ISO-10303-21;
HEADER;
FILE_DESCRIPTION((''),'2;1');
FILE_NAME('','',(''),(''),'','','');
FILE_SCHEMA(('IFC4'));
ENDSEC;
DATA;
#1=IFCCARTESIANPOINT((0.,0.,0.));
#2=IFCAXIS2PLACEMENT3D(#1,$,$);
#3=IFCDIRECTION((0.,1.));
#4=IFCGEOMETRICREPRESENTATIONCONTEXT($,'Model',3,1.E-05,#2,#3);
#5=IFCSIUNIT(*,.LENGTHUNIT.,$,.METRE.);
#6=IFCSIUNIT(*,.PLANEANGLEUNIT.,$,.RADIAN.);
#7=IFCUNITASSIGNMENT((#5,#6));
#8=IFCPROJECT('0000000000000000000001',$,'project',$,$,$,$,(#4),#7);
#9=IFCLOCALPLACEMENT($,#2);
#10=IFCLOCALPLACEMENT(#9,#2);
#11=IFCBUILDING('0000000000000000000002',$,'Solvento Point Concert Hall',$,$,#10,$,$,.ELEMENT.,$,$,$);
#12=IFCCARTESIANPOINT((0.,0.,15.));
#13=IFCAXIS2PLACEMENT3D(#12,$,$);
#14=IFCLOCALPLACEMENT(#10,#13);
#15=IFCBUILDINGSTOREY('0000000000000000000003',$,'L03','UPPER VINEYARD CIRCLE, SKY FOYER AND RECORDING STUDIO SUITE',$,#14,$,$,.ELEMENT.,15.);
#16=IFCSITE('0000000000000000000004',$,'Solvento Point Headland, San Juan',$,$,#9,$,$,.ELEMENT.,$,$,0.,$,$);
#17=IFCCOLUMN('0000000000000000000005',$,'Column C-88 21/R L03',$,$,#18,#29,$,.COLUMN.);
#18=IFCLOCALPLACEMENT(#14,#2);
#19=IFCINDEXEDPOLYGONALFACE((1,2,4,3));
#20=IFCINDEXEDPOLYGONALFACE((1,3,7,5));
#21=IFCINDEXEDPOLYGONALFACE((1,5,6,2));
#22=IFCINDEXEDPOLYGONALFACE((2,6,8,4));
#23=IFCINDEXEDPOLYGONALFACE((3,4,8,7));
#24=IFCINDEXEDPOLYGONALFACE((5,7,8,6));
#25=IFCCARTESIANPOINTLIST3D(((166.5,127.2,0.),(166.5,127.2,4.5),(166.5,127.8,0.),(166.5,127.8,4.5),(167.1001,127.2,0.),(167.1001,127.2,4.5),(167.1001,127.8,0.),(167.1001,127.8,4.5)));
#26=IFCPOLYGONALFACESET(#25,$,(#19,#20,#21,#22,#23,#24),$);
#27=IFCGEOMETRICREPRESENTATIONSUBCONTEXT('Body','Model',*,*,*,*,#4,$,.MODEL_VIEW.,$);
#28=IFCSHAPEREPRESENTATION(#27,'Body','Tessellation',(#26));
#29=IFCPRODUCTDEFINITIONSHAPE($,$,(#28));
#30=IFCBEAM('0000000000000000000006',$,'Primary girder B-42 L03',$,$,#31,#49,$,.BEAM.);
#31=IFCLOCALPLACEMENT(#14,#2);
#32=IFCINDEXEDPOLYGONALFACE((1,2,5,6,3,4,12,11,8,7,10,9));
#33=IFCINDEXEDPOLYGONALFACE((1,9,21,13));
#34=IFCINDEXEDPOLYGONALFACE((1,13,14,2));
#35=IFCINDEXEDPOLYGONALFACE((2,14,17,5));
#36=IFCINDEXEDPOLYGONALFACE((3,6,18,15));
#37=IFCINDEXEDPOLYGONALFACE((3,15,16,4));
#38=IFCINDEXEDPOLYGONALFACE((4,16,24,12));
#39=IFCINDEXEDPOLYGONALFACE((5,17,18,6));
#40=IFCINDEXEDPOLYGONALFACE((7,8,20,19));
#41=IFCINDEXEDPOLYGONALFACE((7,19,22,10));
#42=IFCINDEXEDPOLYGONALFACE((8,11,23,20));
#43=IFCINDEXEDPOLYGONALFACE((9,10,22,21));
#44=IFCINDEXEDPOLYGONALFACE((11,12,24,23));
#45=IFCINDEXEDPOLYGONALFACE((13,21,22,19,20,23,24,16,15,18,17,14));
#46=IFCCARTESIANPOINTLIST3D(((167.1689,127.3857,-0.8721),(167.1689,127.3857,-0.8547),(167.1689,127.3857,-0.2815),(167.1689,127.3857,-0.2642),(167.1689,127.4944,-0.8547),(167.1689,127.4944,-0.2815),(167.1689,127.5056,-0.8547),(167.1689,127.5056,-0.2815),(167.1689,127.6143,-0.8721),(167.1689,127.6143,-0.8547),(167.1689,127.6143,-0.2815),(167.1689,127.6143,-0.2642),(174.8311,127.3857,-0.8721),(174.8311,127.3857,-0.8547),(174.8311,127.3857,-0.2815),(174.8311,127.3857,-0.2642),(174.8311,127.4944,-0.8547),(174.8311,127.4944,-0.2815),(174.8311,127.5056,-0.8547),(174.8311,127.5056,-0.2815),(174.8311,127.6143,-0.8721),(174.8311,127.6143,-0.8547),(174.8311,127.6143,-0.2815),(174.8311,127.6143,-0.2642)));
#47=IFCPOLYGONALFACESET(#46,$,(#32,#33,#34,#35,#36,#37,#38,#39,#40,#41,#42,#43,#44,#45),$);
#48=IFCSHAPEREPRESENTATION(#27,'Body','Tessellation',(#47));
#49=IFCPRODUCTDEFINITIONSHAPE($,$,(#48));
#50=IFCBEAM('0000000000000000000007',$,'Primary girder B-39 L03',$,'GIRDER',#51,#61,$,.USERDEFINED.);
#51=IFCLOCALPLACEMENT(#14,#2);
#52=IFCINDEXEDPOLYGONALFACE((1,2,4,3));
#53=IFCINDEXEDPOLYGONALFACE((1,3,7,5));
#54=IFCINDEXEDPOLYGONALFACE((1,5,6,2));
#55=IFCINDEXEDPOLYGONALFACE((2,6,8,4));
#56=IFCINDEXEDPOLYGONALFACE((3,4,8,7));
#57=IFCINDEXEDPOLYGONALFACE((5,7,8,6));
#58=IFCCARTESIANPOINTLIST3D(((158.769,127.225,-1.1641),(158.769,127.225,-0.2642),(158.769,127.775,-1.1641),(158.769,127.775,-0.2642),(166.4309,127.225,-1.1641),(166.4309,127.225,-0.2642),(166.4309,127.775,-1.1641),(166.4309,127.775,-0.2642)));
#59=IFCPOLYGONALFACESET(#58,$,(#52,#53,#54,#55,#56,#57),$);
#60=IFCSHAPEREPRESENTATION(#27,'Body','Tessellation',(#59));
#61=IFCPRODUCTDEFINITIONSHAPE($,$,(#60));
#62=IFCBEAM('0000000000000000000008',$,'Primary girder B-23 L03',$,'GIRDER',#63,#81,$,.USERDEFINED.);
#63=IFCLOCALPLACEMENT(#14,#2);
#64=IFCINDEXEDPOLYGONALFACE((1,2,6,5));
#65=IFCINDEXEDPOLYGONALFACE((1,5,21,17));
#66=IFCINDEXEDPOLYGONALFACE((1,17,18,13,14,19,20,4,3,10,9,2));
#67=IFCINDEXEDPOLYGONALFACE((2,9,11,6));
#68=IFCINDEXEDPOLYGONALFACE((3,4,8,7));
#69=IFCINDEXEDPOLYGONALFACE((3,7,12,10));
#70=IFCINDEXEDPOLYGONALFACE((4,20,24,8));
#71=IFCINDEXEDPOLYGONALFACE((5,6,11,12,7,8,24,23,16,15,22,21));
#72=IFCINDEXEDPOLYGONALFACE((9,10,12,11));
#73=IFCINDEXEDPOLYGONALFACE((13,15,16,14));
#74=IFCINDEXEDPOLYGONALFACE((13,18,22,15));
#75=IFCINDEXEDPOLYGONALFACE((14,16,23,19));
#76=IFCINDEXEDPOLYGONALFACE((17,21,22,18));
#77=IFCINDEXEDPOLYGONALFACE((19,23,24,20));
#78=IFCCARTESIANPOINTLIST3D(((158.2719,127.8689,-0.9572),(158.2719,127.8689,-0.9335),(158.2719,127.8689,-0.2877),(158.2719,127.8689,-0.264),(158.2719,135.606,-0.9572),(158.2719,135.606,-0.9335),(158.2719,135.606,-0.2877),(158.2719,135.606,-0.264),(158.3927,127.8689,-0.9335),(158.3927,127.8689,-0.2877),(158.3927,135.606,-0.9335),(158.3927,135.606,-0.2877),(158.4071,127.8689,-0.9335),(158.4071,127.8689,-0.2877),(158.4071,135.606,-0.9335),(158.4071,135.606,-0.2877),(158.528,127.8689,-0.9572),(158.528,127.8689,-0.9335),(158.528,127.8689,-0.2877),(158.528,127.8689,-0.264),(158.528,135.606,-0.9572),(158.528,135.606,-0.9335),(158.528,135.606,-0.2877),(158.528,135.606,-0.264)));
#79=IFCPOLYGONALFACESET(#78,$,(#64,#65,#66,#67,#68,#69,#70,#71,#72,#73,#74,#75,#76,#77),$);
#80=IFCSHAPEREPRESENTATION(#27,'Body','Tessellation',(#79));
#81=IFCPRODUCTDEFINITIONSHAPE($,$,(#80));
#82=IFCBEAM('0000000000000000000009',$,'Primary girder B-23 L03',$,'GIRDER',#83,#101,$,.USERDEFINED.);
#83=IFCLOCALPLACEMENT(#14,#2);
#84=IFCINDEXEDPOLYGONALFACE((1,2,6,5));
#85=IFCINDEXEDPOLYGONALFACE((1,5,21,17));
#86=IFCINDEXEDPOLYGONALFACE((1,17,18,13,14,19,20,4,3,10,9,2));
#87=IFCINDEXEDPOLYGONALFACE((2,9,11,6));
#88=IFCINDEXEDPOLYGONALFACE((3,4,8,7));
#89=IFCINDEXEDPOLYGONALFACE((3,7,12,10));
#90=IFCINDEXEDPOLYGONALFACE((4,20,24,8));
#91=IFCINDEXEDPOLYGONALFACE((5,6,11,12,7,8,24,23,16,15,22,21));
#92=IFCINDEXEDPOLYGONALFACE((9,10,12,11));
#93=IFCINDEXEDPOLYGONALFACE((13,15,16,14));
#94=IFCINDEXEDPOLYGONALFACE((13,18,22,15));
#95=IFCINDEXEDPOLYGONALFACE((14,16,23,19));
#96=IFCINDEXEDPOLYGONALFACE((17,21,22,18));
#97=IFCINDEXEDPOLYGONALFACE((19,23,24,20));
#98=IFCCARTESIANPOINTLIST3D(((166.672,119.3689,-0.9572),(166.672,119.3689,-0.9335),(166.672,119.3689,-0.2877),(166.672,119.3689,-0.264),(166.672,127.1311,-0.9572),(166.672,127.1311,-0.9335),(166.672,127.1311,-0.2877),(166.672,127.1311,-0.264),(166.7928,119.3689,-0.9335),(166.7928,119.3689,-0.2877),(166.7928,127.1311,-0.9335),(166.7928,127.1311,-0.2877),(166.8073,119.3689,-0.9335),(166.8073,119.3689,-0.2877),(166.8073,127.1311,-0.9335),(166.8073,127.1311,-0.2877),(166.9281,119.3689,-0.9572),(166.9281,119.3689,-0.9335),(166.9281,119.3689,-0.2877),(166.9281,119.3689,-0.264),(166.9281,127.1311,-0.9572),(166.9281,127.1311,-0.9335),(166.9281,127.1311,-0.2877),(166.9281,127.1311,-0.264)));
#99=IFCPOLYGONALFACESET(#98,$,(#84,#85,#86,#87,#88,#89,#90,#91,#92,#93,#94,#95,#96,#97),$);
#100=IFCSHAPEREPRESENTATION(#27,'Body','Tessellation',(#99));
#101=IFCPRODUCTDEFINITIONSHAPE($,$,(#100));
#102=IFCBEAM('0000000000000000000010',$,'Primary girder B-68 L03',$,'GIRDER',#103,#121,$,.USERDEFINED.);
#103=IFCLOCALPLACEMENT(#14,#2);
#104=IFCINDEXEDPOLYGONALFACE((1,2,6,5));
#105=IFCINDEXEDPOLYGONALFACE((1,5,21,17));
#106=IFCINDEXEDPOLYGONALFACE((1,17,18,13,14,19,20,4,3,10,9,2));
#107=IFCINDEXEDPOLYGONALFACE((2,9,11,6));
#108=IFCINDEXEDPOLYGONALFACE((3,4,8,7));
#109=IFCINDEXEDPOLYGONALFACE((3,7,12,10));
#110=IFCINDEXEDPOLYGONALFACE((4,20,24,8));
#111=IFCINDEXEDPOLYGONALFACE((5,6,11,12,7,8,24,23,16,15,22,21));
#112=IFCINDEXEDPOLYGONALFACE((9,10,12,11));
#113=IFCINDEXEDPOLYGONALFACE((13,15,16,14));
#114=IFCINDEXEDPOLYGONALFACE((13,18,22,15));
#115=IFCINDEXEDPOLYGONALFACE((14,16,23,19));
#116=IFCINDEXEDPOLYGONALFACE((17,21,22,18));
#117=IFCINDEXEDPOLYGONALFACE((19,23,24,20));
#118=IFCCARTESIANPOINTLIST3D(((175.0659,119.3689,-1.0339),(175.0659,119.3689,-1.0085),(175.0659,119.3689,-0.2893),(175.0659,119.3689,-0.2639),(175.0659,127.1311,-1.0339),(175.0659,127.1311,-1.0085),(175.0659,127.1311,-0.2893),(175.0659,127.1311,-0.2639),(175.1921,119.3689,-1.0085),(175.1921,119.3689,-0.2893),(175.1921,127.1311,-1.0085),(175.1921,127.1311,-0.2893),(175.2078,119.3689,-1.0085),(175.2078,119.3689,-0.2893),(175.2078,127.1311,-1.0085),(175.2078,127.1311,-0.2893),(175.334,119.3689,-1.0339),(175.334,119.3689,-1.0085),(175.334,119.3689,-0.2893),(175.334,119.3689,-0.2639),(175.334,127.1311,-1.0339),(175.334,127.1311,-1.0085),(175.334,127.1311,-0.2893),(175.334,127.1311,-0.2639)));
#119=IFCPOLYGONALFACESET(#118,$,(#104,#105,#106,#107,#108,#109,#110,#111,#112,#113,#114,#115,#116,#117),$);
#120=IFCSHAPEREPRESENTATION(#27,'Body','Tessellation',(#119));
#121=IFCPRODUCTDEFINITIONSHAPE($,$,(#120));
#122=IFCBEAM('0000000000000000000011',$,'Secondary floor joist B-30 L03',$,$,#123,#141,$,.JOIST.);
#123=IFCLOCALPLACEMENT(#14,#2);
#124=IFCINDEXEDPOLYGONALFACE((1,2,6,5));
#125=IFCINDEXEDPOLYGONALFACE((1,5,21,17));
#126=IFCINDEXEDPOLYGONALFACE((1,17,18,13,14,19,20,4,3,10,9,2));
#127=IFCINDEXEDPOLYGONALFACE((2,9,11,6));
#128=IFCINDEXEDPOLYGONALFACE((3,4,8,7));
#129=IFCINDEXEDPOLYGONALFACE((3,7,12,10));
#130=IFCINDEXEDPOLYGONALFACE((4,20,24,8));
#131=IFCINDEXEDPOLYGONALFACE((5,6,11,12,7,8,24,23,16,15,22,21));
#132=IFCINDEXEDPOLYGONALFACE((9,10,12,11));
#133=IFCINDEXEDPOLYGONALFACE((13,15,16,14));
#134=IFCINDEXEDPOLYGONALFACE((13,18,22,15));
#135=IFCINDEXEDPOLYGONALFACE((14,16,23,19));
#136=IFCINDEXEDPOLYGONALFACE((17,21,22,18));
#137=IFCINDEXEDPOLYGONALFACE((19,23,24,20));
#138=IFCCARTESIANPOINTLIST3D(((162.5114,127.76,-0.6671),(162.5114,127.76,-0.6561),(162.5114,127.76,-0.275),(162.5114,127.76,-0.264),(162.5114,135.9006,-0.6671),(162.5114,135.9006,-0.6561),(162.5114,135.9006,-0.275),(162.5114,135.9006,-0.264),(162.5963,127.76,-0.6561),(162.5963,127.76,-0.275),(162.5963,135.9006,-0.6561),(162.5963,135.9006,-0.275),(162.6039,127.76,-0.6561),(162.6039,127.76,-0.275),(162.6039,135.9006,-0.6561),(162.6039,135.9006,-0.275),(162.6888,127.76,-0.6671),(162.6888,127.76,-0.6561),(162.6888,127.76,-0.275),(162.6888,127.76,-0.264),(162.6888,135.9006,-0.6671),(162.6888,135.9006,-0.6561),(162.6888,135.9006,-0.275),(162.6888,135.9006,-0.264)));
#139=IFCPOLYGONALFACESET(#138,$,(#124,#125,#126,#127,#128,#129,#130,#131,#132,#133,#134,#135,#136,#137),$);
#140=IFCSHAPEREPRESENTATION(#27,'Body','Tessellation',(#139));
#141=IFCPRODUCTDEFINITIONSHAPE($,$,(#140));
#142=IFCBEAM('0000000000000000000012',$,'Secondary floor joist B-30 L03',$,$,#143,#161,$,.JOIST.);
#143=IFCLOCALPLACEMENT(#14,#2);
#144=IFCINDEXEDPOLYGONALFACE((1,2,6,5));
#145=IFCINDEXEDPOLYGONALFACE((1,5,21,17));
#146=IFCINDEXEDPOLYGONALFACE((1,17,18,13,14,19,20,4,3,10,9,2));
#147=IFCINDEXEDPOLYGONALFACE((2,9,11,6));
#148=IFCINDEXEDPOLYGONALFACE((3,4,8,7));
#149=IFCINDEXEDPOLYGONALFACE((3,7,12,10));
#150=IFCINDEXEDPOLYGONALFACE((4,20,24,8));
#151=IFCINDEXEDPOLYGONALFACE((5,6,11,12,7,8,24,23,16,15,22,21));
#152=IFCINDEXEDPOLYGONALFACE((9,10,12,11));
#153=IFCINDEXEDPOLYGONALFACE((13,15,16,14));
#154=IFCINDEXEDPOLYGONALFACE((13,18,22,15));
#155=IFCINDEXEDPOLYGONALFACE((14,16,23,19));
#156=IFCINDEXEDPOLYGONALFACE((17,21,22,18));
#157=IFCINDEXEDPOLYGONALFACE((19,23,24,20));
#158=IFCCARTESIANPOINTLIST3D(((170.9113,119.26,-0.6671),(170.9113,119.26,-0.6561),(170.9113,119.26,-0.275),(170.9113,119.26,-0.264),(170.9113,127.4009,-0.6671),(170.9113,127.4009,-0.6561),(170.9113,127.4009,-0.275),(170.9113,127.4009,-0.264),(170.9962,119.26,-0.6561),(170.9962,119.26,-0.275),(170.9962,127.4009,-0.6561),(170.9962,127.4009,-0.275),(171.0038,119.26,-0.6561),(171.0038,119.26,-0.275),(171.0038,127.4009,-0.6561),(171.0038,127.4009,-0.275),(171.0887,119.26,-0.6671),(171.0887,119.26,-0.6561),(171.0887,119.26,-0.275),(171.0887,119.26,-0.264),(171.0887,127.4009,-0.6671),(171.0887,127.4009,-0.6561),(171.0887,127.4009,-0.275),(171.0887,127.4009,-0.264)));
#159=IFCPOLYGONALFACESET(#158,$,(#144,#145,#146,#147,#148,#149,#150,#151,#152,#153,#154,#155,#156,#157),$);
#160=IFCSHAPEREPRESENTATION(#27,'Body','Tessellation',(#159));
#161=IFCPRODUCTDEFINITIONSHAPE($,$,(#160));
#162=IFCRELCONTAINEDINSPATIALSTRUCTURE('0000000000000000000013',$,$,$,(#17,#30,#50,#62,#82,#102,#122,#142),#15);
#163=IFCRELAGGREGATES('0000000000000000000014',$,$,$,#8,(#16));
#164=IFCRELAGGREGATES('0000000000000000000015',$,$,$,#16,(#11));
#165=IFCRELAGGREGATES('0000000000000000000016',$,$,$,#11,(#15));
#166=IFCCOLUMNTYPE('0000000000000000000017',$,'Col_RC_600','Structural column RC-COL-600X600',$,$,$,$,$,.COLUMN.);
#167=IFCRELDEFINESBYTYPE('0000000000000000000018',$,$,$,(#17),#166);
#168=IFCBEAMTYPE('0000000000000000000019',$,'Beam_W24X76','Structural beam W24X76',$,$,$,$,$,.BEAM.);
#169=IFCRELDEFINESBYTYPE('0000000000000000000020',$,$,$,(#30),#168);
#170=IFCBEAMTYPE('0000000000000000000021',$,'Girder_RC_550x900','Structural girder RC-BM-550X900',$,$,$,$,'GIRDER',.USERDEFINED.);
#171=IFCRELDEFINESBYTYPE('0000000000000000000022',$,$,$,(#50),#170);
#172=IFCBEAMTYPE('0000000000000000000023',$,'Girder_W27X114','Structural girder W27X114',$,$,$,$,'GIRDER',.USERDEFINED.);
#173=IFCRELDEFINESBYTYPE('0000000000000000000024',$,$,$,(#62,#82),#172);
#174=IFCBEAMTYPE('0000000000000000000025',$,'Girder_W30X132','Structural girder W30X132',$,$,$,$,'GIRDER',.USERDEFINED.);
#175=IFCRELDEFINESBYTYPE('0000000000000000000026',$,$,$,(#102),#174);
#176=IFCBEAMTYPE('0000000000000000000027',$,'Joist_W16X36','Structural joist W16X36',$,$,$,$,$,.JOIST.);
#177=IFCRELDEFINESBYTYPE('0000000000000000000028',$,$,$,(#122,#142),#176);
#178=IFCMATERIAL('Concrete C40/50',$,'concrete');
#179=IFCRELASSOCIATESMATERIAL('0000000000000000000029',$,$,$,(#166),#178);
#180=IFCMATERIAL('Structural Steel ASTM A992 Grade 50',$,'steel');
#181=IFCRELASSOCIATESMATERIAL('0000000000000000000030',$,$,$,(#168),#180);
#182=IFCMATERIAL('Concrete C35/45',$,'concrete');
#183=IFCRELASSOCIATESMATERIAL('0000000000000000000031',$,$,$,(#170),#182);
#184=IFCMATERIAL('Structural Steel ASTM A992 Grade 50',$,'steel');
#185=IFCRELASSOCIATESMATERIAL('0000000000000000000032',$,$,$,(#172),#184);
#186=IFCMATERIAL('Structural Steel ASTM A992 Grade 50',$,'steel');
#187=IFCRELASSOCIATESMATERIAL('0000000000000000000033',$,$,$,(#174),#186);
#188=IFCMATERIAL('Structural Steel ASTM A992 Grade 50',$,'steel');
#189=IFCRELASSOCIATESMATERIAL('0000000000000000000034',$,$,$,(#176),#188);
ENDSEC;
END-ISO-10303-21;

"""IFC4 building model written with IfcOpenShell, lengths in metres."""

from ifc_helpers import new_model, si_unit, direction, frame, origin, origin_2d, place, context, subcontext, project, spatial, rectangle, i_section, extrude, material, material_profile, profile_set, type_object, element, save


model = new_model("IFC4")

# Units and contexts
model_context = context("Model", 3, precision=1e-05, world=origin(), true_north=direction((0.0, 1.0)))
body_context = subcontext(model_context, "Body", "Model", "MODEL_VIEW")
ifc_project = project(units=[si_unit("LENGTHUNIT", "METRE"), si_unit("PLANEANGLEUNIT", "RADIAN")], contexts=[model_context])

# Site, building, storey
site_placement = place(None, origin())
site = spatial("IfcSite", under=ifc_project, at=site_placement, Name="Solvento Point Headland, San Juan", CompositionType="ELEMENT", RefElevation=0.0)
building_placement = place(site_placement, origin())
building = spatial("IfcBuilding", under=site, at=building_placement, Name="Solvento Point Concert Hall", CompositionType="ELEMENT")
storey_placement = place(building_placement, frame((0.0, 0.0, 15.0)))
storey = spatial("IfcBuildingStorey", under=building, at=storey_placement, Name="L03", Description="UPPER VINEYARD CIRCLE, SKY FOYER AND RECORDING STUDIO SUITE", CompositionType="ELEMENT", Elevation=15.0)

# Column
ifc_material_1 = material(Name="Concrete C40/50", Category="concrete")
ifc_material_profile_1 = material_profile(ifc_material_1, rectangle(XDim=0.6001, YDim=0.6001, at=origin_2d()), Name="RC-COL-600X600")
ifc_profile_set_1 = profile_set([ifc_material_profile_1], Name="Concrete C40/50")
column_type = type_object("IfcColumnType", Name="Col_RC_600", Description="Structural column RC-COL-600X600", PredefinedType="COLUMN", material=ifc_profile_set_1)
column_placement = place(storey_placement, frame((166.8, 127.5, 0.0), z_axis=(0.0, 0.0, 1.0), x_axis=(1.0, 0.0, 0.0)))
element("IfcColumn", 1, at=column_placement, inside=storey, type_object=column_type, Name="Column C-88 21/R L03", PredefinedType="COLUMN", context=body_context, shape_type="SweptSolid", body=[
    extrude(rectangle(XDim=0.6001, YDim=0.6001, at=origin_2d()), origin(), (0.0, 0.0, 1.0), 4.5),
])

# Beams
ifc_material_2 = material(Name="Structural Steel ASTM A992 Grade 50", Category="steel")
ifc_material_profile_2 = material_profile(ifc_material_2, i_section(OverallWidth=0.2285, OverallDepth=0.6079, WebThickness=0.0112, FlangeThickness=0.0173, at=origin_2d()), Name="W24X76")
ifc_profile_set_2 = profile_set([ifc_material_profile_2], Name="Structural Steel ASTM A992 Grade 50")
beam_type_1 = type_object("IfcBeamType", Name="Beam_W24X76", Description="Structural beam W24X76", PredefinedType="BEAM", material=ifc_profile_set_2)
beam_1_placement = place(storey_placement, frame((167.1689, 127.5, -0.5681), z_axis=(1.0, 0.0, 0.0), x_axis=(0.0, 1.0, 0.0)))
element("IfcBeam", 2, at=beam_1_placement, inside=storey, type_object=beam_type_1, Name="Primary girder B-42 L03", PredefinedType="BEAM", context=body_context, shape_type="SweptSolid", body=[
    extrude(i_section(OverallWidth=0.2285, OverallDepth=0.6079, WebThickness=0.0112, FlangeThickness=0.0173, at=origin_2d()), origin(), (0.0, 0.0, 1.0), 7.6621),
])
ifc_material_3 = material(Name="Concrete C35/45", Category="concrete")
ifc_material_profile_3 = material_profile(ifc_material_3, rectangle(XDim=0.55, YDim=0.8999, at=origin_2d()), Name="RC-BM-550X900")
ifc_profile_set_3 = profile_set([ifc_material_profile_3], Name="Concrete C35/45")
beam_type_2 = type_object("IfcBeamType", Name="Girder_RC_550x900", Description="Structural girder RC-BM-550X900", ElementType="GIRDER", PredefinedType="USERDEFINED", material=ifc_profile_set_3)
beam_2_placement = place(storey_placement, frame((158.769, 127.5, -0.7141), z_axis=(1.0, 0.0, 0.0), x_axis=(0.0, 1.0, 0.0)))
element("IfcBeam", 3, at=beam_2_placement, inside=storey, type_object=beam_type_2, Name="Primary girder B-39 L03", ObjectType="GIRDER", PredefinedType="USERDEFINED", context=body_context, shape_type="SweptSolid", body=[
    extrude(rectangle(XDim=0.55, YDim=0.8999, at=origin_2d()), origin(), (0.0, 0.0, 1.0), 7.6619),
])
ifc_material_4 = material(Name="Structural Steel ASTM A992 Grade 50", Category="steel")
ifc_material_profile_4 = material_profile(ifc_material_4, i_section(OverallWidth=0.2561, OverallDepth=0.6931, WebThickness=0.0144, FlangeThickness=0.0237, at=origin_2d()), Name="W27X114")
ifc_profile_set_4 = profile_set([ifc_material_profile_4], Name="Structural Steel ASTM A992 Grade 50")
beam_type_3 = type_object("IfcBeamType", Name="Girder_W27X114", Description="Structural girder W27X114", ElementType="GIRDER", PredefinedType="USERDEFINED", material=ifc_profile_set_4)
beam_3_placement = place(storey_placement, frame((158.3999, 127.8689, -0.6106), z_axis=(0.0, 1.0, 0.0), x_axis=(-1.0, 0.0, 0.0)))
element("IfcBeam", 4, at=beam_3_placement, inside=storey, type_object=beam_type_3, Name="Primary girder B-23 L03", ObjectType="GIRDER", PredefinedType="USERDEFINED", context=body_context, shape_type="SweptSolid", body=[
    extrude(i_section(OverallWidth=0.2561, OverallDepth=0.6931, WebThickness=0.0144, FlangeThickness=0.0237, at=origin_2d()), origin(), (0.0, 0.0, 1.0), 7.7371),
])
beam_4_placement = place(storey_placement, frame((166.8, 119.3689, -0.6106), z_axis=(0.0, 1.0, 0.0), x_axis=(-1.0, 0.0, 0.0)))
element("IfcBeam", 5, at=beam_4_placement, inside=storey, type_object=beam_type_3, Name="Primary girder B-23 L03", ObjectType="GIRDER", PredefinedType="USERDEFINED", context=body_context, shape_type="SweptSolid", body=[
    extrude(i_section(OverallWidth=0.2561, OverallDepth=0.6931, WebThickness=0.0144, FlangeThickness=0.0237, at=origin_2d()), origin(), (0.0, 0.0, 1.0), 7.7622),
])
ifc_material_5 = material(Name="Structural Steel ASTM A992 Grade 50", Category="steel")
ifc_material_profile_5 = material_profile(ifc_material_5, i_section(OverallWidth=0.2681, OverallDepth=0.77, WebThickness=0.0156, FlangeThickness=0.0254, at=origin_2d()), Name="W30X132")
ifc_profile_set_5 = profile_set([ifc_material_profile_5], Name="Structural Steel ASTM A992 Grade 50")
beam_type_4 = type_object("IfcBeamType", Name="Girder_W30X132", Description="Structural girder W30X132", ElementType="GIRDER", PredefinedType="USERDEFINED", material=ifc_profile_set_5)
beam_5_placement = place(storey_placement, frame((175.2, 119.3689, -0.6489), z_axis=(0.0, 1.0, 0.0), x_axis=(-1.0, 0.0, 0.0)))
element("IfcBeam", 6, at=beam_5_placement, inside=storey, type_object=beam_type_4, Name="Primary girder B-68 L03", ObjectType="GIRDER", PredefinedType="USERDEFINED", context=body_context, shape_type="SweptSolid", body=[
    extrude(i_section(OverallWidth=0.2681, OverallDepth=0.77, WebThickness=0.0156, FlangeThickness=0.0254, at=origin_2d()), origin(), (0.0, 0.0, 1.0), 7.7622),
])
ifc_material_6 = material(Name="Structural Steel ASTM A992 Grade 50", Category="steel")
ifc_material_profile_6 = material_profile(ifc_material_6, i_section(OverallWidth=0.1775, OverallDepth=0.4031, WebThickness=0.0076, FlangeThickness=0.011, at=origin_2d()), Name="W16X36")
ifc_profile_set_6 = profile_set([ifc_material_profile_6], Name="Structural Steel ASTM A992 Grade 50")
beam_type_5 = type_object("IfcBeamType", Name="Joist_W16X36", Description="Structural joist W16X36", PredefinedType="JOIST", material=ifc_profile_set_6)
beam_6_placement = place(storey_placement, frame((162.6001, 127.76, -0.4656), z_axis=(0.0, 1.0, 0.0), x_axis=(-1.0, 0.0, 0.0)))
element("IfcBeam", 7, at=beam_6_placement, inside=storey, type_object=beam_type_5, Name="Secondary floor joist B-30 L03", PredefinedType="JOIST", context=body_context, shape_type="SweptSolid", body=[
    extrude(i_section(OverallWidth=0.1775, OverallDepth=0.4031, WebThickness=0.0076, FlangeThickness=0.011, at=origin_2d()), origin(), (0.0, 0.0, 1.0), 8.1406),
])
beam_7_placement = place(storey_placement, frame((171.0, 119.26, -0.4656), z_axis=(0.0, 1.0, 0.0), x_axis=(-1.0, 0.0, 0.0)))
element("IfcBeam", 8, at=beam_7_placement, inside=storey, type_object=beam_type_5, Name="Secondary floor joist B-30 L03", PredefinedType="JOIST", context=body_context, shape_type="SweptSolid", body=[
    extrude(i_section(OverallWidth=0.1775, OverallDepth=0.4031, WebThickness=0.0076, FlangeThickness=0.011, at=origin_2d()), origin(), (0.0, 0.0, 1.0), 8.1409),
])

save(model, "model.ifc")
